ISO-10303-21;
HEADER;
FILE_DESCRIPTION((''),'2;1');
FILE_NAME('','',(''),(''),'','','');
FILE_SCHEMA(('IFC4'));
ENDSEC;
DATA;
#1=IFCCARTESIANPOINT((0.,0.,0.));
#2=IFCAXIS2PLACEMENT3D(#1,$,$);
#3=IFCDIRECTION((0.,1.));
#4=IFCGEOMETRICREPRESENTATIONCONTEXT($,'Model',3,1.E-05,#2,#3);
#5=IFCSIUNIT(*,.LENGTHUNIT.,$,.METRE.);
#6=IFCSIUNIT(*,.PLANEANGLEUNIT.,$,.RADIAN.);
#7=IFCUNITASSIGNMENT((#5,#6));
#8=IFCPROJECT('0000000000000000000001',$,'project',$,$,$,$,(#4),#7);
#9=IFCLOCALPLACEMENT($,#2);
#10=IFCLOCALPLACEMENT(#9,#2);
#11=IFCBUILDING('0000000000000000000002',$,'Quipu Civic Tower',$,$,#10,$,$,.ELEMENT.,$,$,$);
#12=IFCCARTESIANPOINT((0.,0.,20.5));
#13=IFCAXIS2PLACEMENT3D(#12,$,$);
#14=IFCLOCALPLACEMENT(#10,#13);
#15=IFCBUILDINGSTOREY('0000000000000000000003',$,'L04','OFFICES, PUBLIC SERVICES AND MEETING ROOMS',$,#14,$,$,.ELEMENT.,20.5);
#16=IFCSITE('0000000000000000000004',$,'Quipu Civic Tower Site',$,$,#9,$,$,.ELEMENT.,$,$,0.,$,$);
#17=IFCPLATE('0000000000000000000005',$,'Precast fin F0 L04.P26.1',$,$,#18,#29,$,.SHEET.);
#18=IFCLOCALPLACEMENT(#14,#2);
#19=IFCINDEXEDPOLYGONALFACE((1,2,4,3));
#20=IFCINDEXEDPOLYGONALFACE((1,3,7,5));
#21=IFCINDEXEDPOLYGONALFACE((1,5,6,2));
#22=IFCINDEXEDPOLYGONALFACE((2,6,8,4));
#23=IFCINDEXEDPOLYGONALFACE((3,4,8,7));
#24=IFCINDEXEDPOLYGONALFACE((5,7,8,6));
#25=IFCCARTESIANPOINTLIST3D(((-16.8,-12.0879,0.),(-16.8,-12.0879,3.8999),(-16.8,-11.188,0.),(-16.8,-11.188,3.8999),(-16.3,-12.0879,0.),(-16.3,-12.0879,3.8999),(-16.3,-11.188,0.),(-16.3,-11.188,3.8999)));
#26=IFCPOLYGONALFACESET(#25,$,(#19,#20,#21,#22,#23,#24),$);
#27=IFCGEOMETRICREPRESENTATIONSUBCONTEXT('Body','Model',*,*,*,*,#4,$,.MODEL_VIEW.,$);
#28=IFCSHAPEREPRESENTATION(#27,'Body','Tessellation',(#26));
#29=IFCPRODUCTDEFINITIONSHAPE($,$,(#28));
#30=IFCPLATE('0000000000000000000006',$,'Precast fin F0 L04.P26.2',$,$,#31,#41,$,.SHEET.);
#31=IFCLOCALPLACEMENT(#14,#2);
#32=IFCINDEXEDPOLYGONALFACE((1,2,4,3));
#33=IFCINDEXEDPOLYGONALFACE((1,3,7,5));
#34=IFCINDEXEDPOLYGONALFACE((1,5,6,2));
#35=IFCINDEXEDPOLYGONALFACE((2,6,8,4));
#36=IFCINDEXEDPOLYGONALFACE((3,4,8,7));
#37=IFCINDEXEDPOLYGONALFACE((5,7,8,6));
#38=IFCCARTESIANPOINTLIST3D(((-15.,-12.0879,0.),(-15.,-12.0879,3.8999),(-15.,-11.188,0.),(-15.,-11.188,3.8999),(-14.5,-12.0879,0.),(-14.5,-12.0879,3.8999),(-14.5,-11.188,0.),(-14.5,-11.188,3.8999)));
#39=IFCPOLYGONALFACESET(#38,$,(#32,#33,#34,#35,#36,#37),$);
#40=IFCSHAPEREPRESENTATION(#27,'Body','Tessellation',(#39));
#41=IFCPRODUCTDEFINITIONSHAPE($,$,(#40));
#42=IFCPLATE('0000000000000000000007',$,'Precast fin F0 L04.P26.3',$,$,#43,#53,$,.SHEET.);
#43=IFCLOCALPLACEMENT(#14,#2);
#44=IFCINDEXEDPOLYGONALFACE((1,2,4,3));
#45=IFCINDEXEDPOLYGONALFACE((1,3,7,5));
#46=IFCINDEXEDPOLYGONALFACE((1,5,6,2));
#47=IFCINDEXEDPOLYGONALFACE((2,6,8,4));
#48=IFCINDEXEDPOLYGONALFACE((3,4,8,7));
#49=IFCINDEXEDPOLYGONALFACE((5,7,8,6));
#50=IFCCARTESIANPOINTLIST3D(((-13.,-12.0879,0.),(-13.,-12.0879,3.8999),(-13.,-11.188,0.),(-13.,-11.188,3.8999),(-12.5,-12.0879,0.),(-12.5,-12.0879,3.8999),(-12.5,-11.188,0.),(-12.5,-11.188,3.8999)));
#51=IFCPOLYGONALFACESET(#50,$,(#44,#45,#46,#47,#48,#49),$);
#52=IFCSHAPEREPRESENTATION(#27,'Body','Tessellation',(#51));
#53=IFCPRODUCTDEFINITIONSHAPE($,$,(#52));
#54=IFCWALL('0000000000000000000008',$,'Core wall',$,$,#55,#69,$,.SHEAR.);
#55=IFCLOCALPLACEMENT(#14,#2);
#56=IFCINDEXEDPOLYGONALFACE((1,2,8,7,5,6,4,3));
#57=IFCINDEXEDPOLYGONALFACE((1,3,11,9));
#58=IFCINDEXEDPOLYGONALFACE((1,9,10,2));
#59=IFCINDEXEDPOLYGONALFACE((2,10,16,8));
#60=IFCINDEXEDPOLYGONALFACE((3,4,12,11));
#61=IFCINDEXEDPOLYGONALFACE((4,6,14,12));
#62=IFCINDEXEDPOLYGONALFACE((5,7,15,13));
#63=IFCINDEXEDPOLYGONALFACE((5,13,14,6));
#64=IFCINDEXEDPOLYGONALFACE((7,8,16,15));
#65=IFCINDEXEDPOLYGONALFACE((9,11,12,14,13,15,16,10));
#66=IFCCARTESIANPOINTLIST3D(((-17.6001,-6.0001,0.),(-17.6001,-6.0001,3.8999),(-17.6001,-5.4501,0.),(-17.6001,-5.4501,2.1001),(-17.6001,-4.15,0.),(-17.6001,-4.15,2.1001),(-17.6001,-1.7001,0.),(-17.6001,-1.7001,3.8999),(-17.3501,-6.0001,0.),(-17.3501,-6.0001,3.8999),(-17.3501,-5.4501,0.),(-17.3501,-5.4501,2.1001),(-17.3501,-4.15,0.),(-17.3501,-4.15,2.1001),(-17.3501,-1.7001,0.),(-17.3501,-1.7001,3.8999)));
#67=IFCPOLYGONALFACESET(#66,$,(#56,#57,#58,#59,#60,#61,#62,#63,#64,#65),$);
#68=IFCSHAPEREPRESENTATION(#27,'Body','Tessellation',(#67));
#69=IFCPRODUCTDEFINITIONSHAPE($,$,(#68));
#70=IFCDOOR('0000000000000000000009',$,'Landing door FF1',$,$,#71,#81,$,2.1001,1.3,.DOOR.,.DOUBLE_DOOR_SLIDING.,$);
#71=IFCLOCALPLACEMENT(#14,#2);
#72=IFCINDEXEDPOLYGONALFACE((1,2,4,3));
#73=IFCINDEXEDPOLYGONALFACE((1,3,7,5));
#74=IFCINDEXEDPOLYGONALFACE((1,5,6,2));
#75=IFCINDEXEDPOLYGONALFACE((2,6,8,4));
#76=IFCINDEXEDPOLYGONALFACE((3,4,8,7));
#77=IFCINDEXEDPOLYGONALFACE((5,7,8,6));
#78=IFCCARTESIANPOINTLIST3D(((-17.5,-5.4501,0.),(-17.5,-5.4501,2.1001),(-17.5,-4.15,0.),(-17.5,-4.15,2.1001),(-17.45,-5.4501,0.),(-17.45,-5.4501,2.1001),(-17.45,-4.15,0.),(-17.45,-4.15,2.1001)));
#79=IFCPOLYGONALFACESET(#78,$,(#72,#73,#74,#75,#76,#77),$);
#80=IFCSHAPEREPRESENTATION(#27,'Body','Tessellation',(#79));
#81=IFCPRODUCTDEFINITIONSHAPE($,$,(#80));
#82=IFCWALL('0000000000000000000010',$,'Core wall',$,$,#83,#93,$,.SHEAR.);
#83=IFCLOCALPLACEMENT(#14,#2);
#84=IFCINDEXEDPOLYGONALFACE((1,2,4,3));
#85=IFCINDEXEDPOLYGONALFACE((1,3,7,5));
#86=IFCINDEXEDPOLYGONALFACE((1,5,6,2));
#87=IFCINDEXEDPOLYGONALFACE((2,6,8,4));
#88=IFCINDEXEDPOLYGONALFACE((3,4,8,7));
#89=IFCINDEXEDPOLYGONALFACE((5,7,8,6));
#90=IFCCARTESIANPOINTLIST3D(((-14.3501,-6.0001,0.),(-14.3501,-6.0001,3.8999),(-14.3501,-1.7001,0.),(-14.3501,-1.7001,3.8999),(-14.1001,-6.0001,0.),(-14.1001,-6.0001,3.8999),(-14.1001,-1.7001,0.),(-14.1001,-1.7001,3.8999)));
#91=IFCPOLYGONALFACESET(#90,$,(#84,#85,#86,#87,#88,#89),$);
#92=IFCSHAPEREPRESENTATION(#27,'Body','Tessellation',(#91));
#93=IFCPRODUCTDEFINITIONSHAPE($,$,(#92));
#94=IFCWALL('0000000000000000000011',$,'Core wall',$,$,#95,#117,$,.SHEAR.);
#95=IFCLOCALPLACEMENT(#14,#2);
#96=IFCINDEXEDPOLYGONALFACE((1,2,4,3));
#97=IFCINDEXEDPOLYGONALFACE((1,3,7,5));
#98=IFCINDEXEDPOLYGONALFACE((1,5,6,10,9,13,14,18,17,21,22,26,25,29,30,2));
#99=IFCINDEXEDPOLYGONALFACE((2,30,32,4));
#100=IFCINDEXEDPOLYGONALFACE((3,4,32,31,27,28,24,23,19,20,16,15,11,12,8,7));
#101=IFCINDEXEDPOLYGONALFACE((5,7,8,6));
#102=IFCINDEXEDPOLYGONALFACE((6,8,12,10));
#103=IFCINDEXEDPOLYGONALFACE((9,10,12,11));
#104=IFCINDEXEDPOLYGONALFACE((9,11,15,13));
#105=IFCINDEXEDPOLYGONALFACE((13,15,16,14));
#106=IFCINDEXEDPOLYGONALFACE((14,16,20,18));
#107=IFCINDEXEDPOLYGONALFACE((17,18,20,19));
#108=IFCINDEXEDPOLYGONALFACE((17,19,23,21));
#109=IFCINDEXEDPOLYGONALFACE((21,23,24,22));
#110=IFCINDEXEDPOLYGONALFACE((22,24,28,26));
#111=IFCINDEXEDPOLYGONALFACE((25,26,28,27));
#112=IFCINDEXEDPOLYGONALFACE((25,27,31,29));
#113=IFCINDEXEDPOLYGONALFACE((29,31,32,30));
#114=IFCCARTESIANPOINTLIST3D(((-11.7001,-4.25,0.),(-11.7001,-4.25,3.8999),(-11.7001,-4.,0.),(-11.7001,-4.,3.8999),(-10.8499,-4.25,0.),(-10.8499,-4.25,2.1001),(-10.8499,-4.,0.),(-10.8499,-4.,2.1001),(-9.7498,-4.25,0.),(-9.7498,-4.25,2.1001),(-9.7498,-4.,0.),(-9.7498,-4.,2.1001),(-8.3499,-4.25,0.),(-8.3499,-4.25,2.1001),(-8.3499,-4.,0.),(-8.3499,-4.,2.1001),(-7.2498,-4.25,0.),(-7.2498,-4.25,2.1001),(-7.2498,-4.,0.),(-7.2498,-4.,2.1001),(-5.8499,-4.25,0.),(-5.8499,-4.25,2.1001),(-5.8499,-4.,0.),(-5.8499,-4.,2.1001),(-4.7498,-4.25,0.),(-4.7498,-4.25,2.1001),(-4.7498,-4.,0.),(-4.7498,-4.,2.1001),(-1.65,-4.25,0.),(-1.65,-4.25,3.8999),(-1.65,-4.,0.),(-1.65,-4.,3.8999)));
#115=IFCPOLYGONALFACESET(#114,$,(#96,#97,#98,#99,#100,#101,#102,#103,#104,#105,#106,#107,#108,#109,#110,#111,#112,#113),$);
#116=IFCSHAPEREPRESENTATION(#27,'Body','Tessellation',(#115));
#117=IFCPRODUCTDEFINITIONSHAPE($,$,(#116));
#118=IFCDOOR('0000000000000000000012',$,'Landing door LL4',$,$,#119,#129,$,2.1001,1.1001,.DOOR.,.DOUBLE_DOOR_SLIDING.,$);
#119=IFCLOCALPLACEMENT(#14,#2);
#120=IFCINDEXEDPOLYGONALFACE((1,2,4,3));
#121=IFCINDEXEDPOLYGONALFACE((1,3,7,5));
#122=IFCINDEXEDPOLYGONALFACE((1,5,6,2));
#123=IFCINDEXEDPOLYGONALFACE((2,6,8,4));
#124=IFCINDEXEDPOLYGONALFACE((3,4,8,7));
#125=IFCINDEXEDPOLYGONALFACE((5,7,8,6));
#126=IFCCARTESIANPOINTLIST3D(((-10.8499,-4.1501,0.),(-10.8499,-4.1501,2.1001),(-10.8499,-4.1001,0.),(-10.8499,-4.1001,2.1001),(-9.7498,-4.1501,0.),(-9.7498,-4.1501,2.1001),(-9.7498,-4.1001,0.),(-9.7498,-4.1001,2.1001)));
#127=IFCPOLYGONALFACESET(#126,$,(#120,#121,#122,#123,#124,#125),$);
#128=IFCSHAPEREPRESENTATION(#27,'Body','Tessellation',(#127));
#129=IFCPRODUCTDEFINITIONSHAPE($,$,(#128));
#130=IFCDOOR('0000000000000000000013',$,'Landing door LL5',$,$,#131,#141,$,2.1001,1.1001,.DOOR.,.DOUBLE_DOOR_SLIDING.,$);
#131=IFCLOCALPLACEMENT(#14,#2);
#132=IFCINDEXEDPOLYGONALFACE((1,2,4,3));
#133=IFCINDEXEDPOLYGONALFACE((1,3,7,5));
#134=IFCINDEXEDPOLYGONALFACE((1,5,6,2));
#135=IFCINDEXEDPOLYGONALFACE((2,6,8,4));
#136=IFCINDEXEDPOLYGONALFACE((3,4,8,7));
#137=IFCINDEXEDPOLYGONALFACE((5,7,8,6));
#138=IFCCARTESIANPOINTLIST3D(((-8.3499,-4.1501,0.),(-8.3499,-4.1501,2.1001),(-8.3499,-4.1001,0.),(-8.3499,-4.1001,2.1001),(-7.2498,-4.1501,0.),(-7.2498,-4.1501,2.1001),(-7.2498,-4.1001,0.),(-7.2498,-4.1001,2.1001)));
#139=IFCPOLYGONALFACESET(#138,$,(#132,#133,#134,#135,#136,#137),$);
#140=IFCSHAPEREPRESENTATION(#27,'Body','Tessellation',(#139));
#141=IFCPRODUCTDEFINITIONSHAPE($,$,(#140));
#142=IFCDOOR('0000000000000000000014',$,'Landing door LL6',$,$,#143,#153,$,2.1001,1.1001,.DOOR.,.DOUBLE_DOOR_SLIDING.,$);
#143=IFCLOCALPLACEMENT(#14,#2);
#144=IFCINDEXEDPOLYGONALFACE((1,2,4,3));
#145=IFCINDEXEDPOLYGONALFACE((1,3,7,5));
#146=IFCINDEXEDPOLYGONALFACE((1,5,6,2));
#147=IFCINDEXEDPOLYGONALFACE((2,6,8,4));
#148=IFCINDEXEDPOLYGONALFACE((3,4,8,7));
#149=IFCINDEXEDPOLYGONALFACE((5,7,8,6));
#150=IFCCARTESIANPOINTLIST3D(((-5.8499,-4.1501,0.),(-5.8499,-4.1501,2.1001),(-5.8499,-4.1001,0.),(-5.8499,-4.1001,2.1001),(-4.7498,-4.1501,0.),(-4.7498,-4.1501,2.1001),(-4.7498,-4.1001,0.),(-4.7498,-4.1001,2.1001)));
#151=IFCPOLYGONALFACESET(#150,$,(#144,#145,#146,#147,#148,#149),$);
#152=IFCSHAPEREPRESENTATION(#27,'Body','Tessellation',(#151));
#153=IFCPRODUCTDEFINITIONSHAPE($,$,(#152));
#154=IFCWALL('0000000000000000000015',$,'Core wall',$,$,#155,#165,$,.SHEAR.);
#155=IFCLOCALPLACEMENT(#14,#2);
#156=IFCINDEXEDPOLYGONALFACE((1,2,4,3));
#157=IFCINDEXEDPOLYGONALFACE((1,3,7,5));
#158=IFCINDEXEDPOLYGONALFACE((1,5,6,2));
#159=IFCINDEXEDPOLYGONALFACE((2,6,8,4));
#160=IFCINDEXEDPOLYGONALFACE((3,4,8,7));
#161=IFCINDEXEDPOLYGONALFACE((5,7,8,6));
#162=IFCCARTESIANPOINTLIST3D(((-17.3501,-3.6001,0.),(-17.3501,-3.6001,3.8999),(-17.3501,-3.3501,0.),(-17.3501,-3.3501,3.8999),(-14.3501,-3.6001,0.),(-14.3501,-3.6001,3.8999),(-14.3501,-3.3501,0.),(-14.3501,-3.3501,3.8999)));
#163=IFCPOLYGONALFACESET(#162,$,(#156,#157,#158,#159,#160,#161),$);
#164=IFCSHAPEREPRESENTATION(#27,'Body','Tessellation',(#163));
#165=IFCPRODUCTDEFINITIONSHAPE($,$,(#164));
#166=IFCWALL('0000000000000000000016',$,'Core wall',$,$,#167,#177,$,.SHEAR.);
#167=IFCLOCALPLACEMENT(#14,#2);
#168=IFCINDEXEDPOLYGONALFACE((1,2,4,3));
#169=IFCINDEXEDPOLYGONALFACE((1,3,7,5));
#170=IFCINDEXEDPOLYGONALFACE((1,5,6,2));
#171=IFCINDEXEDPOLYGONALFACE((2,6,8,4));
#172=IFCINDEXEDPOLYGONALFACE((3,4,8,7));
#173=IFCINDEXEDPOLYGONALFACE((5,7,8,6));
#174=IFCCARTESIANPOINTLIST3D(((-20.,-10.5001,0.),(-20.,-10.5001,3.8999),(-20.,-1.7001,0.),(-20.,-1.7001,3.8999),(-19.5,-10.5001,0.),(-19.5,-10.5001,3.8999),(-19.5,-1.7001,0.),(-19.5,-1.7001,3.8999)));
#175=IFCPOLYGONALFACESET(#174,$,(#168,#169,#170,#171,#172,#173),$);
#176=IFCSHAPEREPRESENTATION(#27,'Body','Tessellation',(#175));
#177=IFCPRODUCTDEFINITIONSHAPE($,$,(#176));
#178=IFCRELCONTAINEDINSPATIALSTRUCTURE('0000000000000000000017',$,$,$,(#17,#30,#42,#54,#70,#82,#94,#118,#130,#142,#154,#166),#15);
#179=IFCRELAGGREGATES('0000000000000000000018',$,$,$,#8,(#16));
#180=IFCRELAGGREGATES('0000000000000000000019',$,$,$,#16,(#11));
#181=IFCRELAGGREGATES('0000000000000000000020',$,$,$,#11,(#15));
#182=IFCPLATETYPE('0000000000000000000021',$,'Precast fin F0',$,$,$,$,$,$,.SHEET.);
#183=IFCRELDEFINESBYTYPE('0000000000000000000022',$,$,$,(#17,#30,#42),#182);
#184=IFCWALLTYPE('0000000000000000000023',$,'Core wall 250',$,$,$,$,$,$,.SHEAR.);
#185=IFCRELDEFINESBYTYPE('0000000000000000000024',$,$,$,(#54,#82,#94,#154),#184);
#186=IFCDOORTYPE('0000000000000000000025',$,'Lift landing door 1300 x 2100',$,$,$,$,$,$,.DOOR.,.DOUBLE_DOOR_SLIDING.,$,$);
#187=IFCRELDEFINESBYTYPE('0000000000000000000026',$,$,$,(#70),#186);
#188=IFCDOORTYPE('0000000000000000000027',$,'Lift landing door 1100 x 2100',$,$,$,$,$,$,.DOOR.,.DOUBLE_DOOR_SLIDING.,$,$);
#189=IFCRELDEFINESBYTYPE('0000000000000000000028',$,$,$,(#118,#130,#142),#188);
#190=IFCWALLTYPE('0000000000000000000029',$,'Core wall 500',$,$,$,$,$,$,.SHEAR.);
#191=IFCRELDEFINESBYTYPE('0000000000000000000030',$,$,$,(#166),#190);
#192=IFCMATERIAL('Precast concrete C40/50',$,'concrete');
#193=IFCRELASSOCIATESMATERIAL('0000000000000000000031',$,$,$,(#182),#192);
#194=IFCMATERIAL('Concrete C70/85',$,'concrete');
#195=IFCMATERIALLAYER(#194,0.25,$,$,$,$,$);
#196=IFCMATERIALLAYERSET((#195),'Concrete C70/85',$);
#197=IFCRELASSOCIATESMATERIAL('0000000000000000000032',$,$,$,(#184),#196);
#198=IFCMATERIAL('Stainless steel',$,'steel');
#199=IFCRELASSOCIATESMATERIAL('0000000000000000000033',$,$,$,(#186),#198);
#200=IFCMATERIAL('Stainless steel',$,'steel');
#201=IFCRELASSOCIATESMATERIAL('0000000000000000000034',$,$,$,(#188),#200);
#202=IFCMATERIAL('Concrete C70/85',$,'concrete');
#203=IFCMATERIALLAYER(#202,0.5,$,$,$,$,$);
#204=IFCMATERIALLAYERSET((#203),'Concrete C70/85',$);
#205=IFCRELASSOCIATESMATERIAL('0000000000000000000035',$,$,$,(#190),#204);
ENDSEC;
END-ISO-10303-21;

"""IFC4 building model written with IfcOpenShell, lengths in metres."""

from ifc_helpers import new_model, si_unit, direction, frame, frame_2d, origin, origin_2d, place, context, subcontext, project, spatial, rectangle, extrude, material, layer, layer_set, type_object, element, fill, save


model = new_model("IFC4")

# Units and contexts
model_context = context("Model", 3, precision=1e-05, world=origin(), true_north=direction((0.0, 1.0)))
body_context = subcontext(model_context, "Body", "Model", "MODEL_VIEW")
ifc_project = project(units=[si_unit("LENGTHUNIT", "METRE"), si_unit("PLANEANGLEUNIT", "RADIAN")], contexts=[model_context])

# Site, building, storey
site_placement = place(None, origin())
site = spatial("IfcSite", under=ifc_project, at=site_placement, Name="Quipu Civic Tower Site", CompositionType="ELEMENT", RefElevation=0.0)
building_placement = place(site_placement, origin())
building = spatial("IfcBuilding", under=site, at=building_placement, Name="Quipu Civic Tower", CompositionType="ELEMENT")
storey_placement = place(building_placement, frame((0.0, 0.0, 20.5)))
storey = spatial("IfcBuildingStorey", under=building, at=storey_placement, Name="L04", Description="OFFICES, PUBLIC SERVICES AND MEETING ROOMS", CompositionType="ELEMENT", Elevation=20.5)

# Plates
ifc_material_1 = material(Name="Precast concrete C40/50", Category="concrete")
plate_type = type_object("IfcPlateType", Name="Precast fin F0", PredefinedType="SHEET", material=ifc_material_1)
for number, where, z_axis, x_axis, name in (
    (1, (-16.55, -11.6379, 0.0), (0.0, 0.0, 1.0), (1.0, 0.0, 0.0), "Precast fin F0 L04.P26.1"),
    (2, (-14.75, -11.6379, 0.0), (0.0, 0.0, 1.0), (1.0, 0.0, 0.0), "Precast fin F0 L04.P26.2"),
    (3, (-12.75, -11.6379, 0.0), (0.0, 0.0, 1.0), (1.0, 0.0, 0.0), "Precast fin F0 L04.P26.3"),
):
    element("IfcPlate", number, at=place(storey_placement, frame(where, z_axis=z_axis, x_axis=x_axis)), inside=storey, type_object=plate_type, Name=name, PredefinedType="SHEET", context=body_context, shape_type="SweptSolid", body=[
        extrude(rectangle(XDim=0.5, YDim=0.8999, at=origin_2d()), origin(), (0.0, 0.0, 1.0), 3.8999),
    ])

# Wall, opening, door
ifc_material_2 = material(Name="Concrete C70/85", Category="concrete")
ifc_layer_1 = layer(ifc_material_2, 0.25)
ifc_layer_set_1 = layer_set([ifc_layer_1], Name="Concrete C70/85")
wall_type_1 = type_object("IfcWallType", Name="Core wall 250", PredefinedType="SHEAR", material=ifc_layer_set_1)
wall_1_placement = place(storey_placement, frame((-17.4751, -6.0, 0.0), z_axis=(0.0, 0.0, 1.0), x_axis=(0.0, 1.0, 0.0)))
wall_1 = element("IfcWall", 4, at=wall_1_placement, inside=storey, type_object=wall_type_1, Name="Core wall", PredefinedType="SHEAR", context=body_context, shape_type="SweptSolid", body=[
    extrude(rectangle(XDim=4.3, YDim=0.25, at=frame_2d((2.1499, 0.0))), origin(), (0.0, 0.0, 1.0), 3.8999),
])
opening_1_placement = place(wall_1_placement, frame((0.55, 0.0, 0.0)))
opening_1 = element("IfcOpeningElement", 5, at=opening_1_placement, cuts=wall_1, PredefinedType="OPENING", context=body_context, shape_type="SweptSolid", body=[
    extrude(rectangle(XDim=1.3, YDim=2.1001, at=frame_2d((0.6499, 1.05))), frame((0.0, 0.135, 0.0), z_axis=(0.0, -1.0, 0.0), x_axis=(1.0, 0.0, 0.0)), (0.0, 0.0, 1.0), 0.27),
])
ifc_material_3 = material(Name="Stainless steel", Category="steel")
door_type_1 = type_object("IfcDoorType", Name="Lift landing door 1300 x 2100", OperationType="DOUBLE_DOOR_SLIDING", PredefinedType="DOOR", material=ifc_material_3)
door_1_placement = place(opening_1_placement, origin())
door_1 = element("IfcDoor", 6, at=door_1_placement, inside=storey, type_object=door_type_1, Name="Landing door FF1", OperationType="DOUBLE_DOOR_SLIDING", OverallHeight=2.1001, OverallWidth=1.3, PredefinedType="DOOR", context=body_context, shape_type="SweptSolid", body=[
    extrude(rectangle(XDim=1.3, YDim=2.1001, at=frame_2d((0.6499, 1.05))), frame((0.0, 0.0249, 0.0), z_axis=(0.0, -1.0, 0.0), x_axis=(1.0, 0.0, 0.0)), (0.0, 0.0, 1.0), 0.05),
])
fill(opening_1, door_1)

# Wall
wall_2_placement = place(storey_placement, frame((-14.2251, -6.0, 0.0), z_axis=(0.0, 0.0, 1.0), x_axis=(0.0, 1.0, 0.0)))
element("IfcWall", 7, at=wall_2_placement, inside=storey, type_object=wall_type_1, Name="Core wall", PredefinedType="SHEAR", context=body_context, shape_type="SweptSolid", body=[
    extrude(rectangle(XDim=4.3, YDim=0.25, at=frame_2d((2.1499, 0.0))), origin(), (0.0, 0.0, 1.0), 3.8999),
])

# Wall, openings, doors
wall_3_placement = place(storey_placement, frame((-11.7, -4.125, 0.0), z_axis=(0.0, 0.0, 1.0), x_axis=(1.0, 0.0, 0.0)))
wall_3 = element("IfcWall", 8, at=wall_3_placement, inside=storey, type_object=wall_type_1, Name="Core wall", PredefinedType="SHEAR", context=body_context, shape_type="SweptSolid", body=[
    extrude(rectangle(XDim=10.05, YDim=0.25, at=frame_2d((5.0249, 0.0))), origin(), (0.0, 0.0, 1.0), 3.8999),
])
opening_2_placement = place(wall_3_placement, frame((0.8501, 0.0, 0.0)))
opening_2 = element("IfcOpeningElement", 9, at=opening_2_placement, cuts=wall_3, PredefinedType="OPENING", context=body_context, shape_type="SweptSolid", body=[
    extrude(rectangle(XDim=1.1001, YDim=2.1001, at=frame_2d((0.55, 1.05))), frame((0.0, 0.135, 0.0), z_axis=(0.0, -1.0, 0.0), x_axis=(1.0, 0.0, 0.0)), (0.0, 0.0, 1.0), 0.27),
])
opening_3_placement = place(wall_3_placement, frame((3.3501, 0.0, 0.0)))
opening_3 = element("IfcOpeningElement", 10, at=opening_3_placement, cuts=wall_3, PredefinedType="OPENING", context=body_context, shape_type="SweptSolid", body=[
    extrude(rectangle(XDim=1.1001, YDim=2.1001, at=frame_2d((0.55, 1.05))), frame((0.0, 0.135, 0.0), z_axis=(0.0, -1.0, 0.0), x_axis=(1.0, 0.0, 0.0)), (0.0, 0.0, 1.0), 0.27),
])
opening_4_placement = place(wall_3_placement, frame((5.8501, 0.0, 0.0)))
opening_4 = element("IfcOpeningElement", 11, at=opening_4_placement, cuts=wall_3, PredefinedType="OPENING", context=body_context, shape_type="SweptSolid", body=[
    extrude(rectangle(XDim=1.1001, YDim=2.1001, at=frame_2d((0.55, 1.05))), frame((0.0, 0.135, 0.0), z_axis=(0.0, -1.0, 0.0), x_axis=(1.0, 0.0, 0.0)), (0.0, 0.0, 1.0), 0.27),
])
ifc_material_4 = material(Name="Stainless steel", Category="steel")
door_type_2 = type_object("IfcDoorType", Name="Lift landing door 1100 x 2100", OperationType="DOUBLE_DOOR_SLIDING", PredefinedType="DOOR", material=ifc_material_4)
door_2_placement = place(opening_2_placement, origin())
door_2 = element("IfcDoor", 12, at=door_2_placement, inside=storey, type_object=door_type_2, Name="Landing door LL4", OperationType="DOUBLE_DOOR_SLIDING", OverallHeight=2.1001, OverallWidth=1.1001, PredefinedType="DOOR", context=body_context, shape_type="SweptSolid", body=[
    extrude(rectangle(XDim=1.1001, YDim=2.1001, at=frame_2d((0.55, 1.05))), frame((0.0, 0.0249, 0.0), z_axis=(0.0, -1.0, 0.0), x_axis=(1.0, 0.0, 0.0)), (0.0, 0.0, 1.0), 0.05),
])
fill(opening_2, door_2)
door_3_placement = place(opening_3_placement, origin())
door_3 = element("IfcDoor", 13, at=door_3_placement, inside=storey, type_object=door_type_2, Name="Landing door LL5", OperationType="DOUBLE_DOOR_SLIDING", OverallHeight=2.1001, OverallWidth=1.1001, PredefinedType="DOOR", context=body_context, shape_type="SweptSolid", body=[
    extrude(rectangle(XDim=1.1001, YDim=2.1001, at=frame_2d((0.55, 1.05))), frame((0.0, 0.0249, 0.0), z_axis=(0.0, -1.0, 0.0), x_axis=(1.0, 0.0, 0.0)), (0.0, 0.0, 1.0), 0.05),
])
fill(opening_3, door_3)
door_4_placement = place(opening_4_placement, origin())
door_4 = element("IfcDoor", 14, at=door_4_placement, inside=storey, type_object=door_type_2, Name="Landing door LL6", OperationType="DOUBLE_DOOR_SLIDING", OverallHeight=2.1001, OverallWidth=1.1001, PredefinedType="DOOR", context=body_context, shape_type="SweptSolid", body=[
    extrude(rectangle(XDim=1.1001, YDim=2.1001, at=frame_2d((0.55, 1.05))), frame((0.0, 0.0249, 0.0), z_axis=(0.0, -1.0, 0.0), x_axis=(1.0, 0.0, 0.0)), (0.0, 0.0, 1.0), 0.05),
])
fill(opening_4, door_4)

# Walls
wall_4_placement = place(storey_placement, frame((-17.3501, -3.4751, 0.0), z_axis=(0.0, 0.0, 1.0), x_axis=(1.0, 0.0, 0.0)))
element("IfcWall", 15, at=wall_4_placement, inside=storey, type_object=wall_type_1, Name="Core wall", PredefinedType="SHEAR", context=body_context, shape_type="SweptSolid", body=[
    extrude(rectangle(XDim=3.0, YDim=0.25, at=frame_2d((1.5, 0.0))), origin(), (0.0, 0.0, 1.0), 3.8999),
])
ifc_material_5 = material(Name="Concrete C70/85", Category="concrete")
ifc_layer_2 = layer(ifc_material_5, 0.5)
ifc_layer_set_2 = layer_set([ifc_layer_2], Name="Concrete C70/85")
wall_type_2 = type_object("IfcWallType", Name="Core wall 500", PredefinedType="SHEAR", material=ifc_layer_set_2)
wall_5_placement = place(storey_placement, frame((-19.75, -10.5, 0.0), z_axis=(0.0, 0.0, 1.0), x_axis=(0.0, 1.0, 0.0)))
element("IfcWall", 16, at=wall_5_placement, inside=storey, type_object=wall_type_2, Name="Core wall", PredefinedType="SHEAR", context=body_context, shape_type="SweptSolid", body=[
    extrude(rectangle(XDim=8.8, YDim=0.5, at=frame_2d((4.3999, 0.0))), origin(), (0.0, 0.0, 1.0), 3.8999),
])

save(model, "model.ifc")
